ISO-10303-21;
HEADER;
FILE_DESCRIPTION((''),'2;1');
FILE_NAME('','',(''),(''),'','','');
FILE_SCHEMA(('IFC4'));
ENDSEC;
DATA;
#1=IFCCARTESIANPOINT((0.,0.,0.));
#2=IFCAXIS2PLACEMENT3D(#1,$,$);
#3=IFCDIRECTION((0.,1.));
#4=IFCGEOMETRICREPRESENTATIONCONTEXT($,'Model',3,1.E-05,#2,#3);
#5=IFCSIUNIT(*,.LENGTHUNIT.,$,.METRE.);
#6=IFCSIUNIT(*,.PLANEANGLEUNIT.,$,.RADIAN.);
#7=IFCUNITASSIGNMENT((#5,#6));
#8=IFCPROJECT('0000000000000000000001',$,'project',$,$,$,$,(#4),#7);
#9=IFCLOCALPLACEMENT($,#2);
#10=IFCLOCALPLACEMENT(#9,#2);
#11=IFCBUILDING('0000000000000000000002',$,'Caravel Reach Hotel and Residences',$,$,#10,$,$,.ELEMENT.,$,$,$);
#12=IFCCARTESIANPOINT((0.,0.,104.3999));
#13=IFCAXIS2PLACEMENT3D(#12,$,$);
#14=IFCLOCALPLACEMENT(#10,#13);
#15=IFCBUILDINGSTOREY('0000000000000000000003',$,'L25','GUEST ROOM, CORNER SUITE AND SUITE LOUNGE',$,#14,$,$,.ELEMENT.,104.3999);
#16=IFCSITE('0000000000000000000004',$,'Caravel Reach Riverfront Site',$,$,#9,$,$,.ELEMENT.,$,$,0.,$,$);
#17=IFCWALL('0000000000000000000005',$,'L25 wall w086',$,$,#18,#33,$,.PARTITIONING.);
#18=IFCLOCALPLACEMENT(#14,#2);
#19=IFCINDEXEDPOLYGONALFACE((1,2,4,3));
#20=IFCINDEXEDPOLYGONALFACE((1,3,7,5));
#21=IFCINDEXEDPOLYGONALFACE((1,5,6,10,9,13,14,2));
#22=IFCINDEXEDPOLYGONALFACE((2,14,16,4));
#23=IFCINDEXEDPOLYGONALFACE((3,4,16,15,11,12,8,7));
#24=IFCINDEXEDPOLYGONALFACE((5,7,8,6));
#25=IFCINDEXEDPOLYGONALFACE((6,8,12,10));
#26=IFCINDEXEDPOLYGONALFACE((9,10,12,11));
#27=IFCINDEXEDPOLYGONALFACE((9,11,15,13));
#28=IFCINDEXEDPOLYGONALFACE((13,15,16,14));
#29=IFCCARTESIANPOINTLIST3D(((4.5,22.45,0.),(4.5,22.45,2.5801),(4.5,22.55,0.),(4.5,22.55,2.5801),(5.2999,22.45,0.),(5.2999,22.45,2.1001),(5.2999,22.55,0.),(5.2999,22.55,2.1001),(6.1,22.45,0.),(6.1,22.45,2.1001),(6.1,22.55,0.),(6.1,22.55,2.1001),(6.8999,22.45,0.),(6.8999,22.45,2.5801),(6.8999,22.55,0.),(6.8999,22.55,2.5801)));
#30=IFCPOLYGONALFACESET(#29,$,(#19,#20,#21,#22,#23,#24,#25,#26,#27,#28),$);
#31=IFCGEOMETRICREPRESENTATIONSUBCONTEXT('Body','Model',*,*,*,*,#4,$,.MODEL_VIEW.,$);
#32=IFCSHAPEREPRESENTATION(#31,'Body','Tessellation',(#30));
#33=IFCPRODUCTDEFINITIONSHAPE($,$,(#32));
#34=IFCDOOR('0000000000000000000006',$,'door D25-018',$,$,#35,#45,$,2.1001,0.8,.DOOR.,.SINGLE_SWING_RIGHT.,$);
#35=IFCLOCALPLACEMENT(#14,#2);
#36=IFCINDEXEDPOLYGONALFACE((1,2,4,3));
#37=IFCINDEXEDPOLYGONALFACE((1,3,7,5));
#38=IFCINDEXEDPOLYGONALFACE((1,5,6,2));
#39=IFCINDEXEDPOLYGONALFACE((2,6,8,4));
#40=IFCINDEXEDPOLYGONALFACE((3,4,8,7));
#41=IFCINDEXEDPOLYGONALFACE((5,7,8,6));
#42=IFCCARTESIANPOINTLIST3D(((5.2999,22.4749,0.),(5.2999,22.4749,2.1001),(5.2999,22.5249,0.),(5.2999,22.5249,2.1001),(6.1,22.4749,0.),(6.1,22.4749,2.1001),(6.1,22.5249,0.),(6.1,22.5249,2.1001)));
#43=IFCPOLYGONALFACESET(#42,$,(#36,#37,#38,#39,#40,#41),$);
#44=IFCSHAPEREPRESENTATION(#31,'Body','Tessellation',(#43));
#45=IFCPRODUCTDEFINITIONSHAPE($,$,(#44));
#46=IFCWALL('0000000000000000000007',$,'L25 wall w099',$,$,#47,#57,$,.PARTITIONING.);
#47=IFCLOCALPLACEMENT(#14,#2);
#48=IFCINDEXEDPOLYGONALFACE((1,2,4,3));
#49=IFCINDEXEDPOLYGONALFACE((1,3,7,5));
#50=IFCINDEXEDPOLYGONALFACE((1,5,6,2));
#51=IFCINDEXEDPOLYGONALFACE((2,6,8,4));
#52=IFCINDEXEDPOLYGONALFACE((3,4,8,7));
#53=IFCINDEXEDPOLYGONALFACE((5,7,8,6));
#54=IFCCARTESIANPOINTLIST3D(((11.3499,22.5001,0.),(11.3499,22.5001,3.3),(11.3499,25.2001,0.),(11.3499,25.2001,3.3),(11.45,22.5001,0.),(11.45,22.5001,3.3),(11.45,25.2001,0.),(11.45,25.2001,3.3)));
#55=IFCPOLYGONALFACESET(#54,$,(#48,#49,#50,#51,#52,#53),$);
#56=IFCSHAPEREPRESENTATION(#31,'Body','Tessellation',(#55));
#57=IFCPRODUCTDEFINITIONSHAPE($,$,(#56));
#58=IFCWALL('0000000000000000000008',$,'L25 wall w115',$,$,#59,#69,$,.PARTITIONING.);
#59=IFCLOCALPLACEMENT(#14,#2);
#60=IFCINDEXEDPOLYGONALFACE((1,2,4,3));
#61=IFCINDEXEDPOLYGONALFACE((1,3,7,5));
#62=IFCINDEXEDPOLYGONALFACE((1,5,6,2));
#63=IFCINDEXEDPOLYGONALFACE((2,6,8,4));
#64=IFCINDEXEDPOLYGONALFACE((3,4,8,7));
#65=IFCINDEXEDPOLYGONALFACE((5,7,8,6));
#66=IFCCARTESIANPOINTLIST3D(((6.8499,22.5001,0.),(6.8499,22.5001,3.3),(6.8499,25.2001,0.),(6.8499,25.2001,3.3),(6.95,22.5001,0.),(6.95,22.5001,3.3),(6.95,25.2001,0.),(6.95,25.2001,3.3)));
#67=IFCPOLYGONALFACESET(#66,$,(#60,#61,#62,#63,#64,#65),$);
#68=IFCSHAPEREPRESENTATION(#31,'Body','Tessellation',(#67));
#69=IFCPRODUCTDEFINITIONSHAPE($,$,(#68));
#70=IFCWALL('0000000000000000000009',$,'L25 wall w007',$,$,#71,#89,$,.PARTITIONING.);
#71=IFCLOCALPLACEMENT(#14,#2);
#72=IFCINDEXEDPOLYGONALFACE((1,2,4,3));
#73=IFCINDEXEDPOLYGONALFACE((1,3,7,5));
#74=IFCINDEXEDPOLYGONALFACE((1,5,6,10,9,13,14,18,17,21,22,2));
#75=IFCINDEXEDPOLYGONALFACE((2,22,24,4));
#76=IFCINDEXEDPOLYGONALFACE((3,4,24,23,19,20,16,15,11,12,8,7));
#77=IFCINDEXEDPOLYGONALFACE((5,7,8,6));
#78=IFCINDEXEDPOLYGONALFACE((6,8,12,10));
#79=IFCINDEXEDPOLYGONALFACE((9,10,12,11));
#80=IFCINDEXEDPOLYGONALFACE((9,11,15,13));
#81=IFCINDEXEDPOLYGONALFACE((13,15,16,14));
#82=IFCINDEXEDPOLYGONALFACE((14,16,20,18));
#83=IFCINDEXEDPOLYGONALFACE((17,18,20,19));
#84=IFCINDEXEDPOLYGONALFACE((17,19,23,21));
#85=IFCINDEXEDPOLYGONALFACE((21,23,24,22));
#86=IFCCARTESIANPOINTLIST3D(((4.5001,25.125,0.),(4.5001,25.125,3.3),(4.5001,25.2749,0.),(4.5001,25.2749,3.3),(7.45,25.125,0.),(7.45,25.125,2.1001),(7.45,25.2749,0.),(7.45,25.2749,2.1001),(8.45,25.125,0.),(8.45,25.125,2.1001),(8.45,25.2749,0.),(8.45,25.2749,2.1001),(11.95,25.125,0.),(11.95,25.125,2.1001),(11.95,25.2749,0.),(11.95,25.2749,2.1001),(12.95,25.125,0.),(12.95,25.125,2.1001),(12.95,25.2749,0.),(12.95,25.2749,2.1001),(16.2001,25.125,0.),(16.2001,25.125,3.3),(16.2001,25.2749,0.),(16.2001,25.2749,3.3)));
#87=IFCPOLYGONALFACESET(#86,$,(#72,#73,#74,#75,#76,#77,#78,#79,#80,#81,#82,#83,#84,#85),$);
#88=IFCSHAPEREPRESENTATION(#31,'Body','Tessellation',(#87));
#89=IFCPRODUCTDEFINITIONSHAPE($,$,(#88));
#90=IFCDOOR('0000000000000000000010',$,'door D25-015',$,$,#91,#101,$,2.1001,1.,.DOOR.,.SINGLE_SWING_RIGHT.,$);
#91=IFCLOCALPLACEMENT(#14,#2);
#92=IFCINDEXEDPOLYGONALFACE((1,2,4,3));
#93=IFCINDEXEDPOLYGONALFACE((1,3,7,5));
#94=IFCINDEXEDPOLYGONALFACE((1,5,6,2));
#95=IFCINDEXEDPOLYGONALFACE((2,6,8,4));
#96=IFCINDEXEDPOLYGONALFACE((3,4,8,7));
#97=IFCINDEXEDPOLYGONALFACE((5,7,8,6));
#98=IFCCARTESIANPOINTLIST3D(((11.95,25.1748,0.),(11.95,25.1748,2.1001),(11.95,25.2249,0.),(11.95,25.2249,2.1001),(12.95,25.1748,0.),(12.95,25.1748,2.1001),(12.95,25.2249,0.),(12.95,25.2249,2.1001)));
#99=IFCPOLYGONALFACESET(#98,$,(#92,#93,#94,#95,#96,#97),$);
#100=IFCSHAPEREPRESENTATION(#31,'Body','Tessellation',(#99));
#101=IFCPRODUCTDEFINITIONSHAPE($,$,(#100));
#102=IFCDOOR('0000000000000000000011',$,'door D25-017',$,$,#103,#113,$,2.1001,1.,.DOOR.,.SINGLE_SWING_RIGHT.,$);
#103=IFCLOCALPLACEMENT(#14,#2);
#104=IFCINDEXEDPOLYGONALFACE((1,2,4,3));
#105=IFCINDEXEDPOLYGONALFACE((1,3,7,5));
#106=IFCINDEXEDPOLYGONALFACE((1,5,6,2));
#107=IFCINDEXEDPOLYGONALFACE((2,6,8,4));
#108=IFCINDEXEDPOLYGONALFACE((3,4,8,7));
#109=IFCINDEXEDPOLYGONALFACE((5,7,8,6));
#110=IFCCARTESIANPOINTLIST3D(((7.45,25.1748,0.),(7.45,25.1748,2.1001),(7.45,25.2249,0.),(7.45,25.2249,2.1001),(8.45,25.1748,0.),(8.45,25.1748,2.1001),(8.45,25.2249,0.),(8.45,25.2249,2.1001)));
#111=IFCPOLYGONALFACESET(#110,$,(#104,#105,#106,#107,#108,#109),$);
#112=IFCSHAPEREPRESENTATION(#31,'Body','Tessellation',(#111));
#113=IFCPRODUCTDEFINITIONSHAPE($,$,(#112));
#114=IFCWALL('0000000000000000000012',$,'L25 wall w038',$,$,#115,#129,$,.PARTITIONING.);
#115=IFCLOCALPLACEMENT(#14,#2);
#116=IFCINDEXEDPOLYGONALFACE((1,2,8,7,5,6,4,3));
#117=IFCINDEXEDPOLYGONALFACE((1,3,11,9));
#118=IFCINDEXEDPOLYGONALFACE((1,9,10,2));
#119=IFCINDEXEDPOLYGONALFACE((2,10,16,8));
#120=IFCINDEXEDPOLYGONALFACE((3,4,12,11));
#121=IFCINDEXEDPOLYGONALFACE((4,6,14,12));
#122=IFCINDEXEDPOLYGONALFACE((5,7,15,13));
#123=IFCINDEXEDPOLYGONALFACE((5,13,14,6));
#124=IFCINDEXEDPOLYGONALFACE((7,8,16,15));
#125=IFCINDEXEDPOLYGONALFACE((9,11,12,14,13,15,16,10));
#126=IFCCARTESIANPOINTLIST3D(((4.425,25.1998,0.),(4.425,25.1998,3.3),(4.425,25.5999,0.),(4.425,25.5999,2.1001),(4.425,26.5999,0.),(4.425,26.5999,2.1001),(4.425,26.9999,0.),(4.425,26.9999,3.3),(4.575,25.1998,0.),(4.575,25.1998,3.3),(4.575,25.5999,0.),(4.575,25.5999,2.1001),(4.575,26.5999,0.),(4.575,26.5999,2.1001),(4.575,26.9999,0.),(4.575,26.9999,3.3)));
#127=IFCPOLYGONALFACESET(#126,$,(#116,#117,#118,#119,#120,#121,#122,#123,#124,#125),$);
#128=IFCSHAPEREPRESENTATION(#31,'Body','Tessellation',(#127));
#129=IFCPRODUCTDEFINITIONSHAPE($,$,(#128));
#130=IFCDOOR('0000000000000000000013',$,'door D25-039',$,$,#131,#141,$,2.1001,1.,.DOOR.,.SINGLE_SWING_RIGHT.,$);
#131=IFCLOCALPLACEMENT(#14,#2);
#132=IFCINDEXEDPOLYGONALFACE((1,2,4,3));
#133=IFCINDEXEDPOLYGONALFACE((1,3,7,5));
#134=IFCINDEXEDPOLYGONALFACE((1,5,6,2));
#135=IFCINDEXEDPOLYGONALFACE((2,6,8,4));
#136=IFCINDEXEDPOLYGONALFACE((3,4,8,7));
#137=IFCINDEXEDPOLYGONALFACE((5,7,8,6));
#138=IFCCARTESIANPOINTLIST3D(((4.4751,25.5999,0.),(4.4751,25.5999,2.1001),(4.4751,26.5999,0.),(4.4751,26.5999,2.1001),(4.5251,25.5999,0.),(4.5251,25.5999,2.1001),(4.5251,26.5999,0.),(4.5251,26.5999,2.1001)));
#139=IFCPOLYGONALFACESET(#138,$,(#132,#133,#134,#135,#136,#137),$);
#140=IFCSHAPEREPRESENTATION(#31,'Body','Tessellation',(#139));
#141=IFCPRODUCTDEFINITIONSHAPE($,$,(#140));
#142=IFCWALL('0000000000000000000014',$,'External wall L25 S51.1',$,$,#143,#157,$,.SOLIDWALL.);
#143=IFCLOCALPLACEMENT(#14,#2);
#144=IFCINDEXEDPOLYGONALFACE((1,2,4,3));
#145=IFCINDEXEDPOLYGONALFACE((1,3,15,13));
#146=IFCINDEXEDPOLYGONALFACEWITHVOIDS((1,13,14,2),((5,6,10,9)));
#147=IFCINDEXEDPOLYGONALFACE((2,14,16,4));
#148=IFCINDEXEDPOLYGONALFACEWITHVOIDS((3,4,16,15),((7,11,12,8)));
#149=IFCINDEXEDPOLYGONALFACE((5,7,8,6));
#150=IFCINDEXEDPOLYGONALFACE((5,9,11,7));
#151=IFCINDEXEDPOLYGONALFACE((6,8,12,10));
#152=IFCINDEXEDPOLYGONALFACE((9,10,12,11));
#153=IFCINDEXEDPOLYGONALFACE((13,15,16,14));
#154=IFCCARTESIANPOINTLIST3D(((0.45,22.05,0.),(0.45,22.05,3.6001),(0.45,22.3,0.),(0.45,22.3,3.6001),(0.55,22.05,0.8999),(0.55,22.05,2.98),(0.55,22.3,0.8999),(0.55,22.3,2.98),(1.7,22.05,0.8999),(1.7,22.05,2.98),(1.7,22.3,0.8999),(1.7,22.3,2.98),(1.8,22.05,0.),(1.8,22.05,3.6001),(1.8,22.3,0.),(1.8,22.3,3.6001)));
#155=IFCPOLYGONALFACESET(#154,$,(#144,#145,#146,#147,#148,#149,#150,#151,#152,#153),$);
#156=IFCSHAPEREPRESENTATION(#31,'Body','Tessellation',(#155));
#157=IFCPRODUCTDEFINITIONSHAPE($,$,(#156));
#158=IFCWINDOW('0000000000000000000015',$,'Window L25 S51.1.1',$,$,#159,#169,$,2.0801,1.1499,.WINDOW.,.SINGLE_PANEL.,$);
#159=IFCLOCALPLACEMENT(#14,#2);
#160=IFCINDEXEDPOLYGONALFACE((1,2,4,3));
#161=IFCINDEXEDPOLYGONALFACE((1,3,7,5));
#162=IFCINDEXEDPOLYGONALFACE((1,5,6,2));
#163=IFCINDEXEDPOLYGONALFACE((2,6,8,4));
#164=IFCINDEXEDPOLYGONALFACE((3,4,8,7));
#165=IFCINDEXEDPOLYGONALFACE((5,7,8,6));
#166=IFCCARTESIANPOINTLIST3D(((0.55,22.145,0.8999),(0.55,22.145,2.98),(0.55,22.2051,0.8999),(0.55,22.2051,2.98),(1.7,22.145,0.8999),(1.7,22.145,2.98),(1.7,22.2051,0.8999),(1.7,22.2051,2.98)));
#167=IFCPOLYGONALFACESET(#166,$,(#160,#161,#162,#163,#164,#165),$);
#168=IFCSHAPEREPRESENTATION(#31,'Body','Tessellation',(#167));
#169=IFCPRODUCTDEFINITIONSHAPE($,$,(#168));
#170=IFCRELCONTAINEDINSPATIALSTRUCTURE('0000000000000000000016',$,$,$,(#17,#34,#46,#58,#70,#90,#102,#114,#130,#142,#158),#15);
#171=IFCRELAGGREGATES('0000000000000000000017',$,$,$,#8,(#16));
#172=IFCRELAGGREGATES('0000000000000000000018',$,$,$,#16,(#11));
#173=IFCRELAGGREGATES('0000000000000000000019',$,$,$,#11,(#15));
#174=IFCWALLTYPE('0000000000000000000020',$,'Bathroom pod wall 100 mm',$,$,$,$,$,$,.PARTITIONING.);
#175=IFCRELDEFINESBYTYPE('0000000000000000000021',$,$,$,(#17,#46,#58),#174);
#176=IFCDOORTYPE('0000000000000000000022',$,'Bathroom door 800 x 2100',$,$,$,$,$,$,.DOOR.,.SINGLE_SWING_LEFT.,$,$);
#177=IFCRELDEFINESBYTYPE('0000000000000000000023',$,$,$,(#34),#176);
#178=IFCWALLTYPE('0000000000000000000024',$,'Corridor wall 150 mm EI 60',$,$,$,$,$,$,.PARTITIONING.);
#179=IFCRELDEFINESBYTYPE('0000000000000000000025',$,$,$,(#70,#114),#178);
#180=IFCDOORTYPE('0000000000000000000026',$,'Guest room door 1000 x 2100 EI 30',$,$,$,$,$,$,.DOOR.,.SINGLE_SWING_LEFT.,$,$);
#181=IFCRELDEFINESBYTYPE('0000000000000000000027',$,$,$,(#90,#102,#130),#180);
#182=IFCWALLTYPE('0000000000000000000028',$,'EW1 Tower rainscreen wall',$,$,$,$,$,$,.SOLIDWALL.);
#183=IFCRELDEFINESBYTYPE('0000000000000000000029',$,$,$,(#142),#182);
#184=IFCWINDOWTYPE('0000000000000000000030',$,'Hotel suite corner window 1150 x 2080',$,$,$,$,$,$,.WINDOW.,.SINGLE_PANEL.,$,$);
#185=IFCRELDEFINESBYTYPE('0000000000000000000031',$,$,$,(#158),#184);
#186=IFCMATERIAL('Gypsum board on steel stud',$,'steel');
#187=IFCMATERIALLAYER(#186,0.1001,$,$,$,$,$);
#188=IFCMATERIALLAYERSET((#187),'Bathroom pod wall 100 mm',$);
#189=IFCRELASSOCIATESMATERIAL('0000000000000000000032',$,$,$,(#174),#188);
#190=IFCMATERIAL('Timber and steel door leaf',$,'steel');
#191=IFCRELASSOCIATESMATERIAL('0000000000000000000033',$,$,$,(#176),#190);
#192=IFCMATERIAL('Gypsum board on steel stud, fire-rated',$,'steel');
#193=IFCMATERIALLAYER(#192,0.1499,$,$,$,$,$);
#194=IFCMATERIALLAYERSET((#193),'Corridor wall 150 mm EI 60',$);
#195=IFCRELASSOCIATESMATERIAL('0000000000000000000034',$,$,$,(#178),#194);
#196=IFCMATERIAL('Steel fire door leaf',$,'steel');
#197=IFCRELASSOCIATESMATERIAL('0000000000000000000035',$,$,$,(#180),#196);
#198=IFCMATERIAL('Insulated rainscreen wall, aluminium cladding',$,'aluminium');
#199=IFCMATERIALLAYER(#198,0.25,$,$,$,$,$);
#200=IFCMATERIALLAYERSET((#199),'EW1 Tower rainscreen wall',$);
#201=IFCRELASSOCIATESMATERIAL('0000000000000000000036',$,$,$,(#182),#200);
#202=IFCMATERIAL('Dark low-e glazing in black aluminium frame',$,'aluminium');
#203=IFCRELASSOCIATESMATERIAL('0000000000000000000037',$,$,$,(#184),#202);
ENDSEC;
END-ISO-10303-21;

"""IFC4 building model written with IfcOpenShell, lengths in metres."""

from ifc_helpers import new_model, si_unit, direction, frame, frame_2d, origin, place, context, subcontext, project, spatial, rectangle, extrude, material, layer, layer_set, type_object, element, fill, save


model = new_model("IFC4")

# Units and contexts
model_context = context("Model", 3, precision=1e-05, world=origin(), true_north=direction((0.0, 1.0)))
body_context = subcontext(model_context, "Body", "Model", "MODEL_VIEW")
ifc_project = project(units=[si_unit("LENGTHUNIT", "METRE"), si_unit("PLANEANGLEUNIT", "RADIAN")], contexts=[model_context])

# Site, building, storey
site_placement = place(None, origin())
site = spatial("IfcSite", under=ifc_project, at=site_placement, Name="Caravel Reach Riverfront Site", CompositionType="ELEMENT", RefElevation=0.0)
building_placement = place(site_placement, origin())
building = spatial("IfcBuilding", under=site, at=building_placement, Name="Caravel Reach Hotel and Residences", CompositionType="ELEMENT")
storey_placement = place(building_placement, frame((0.0, 0.0, 104.3999)))
storey = spatial("IfcBuildingStorey", under=building, at=storey_placement, Name="L25", Description="GUEST ROOM, CORNER SUITE AND SUITE LOUNGE", CompositionType="ELEMENT", Elevation=104.3999)

# Wall, opening, door
ifc_material_1 = material(Name="Gypsum board on steel stud", Category="steel")
ifc_layer_1 = layer(ifc_material_1, 0.1001)
ifc_layer_set_1 = layer_set([ifc_layer_1], Name="Bathroom pod wall 100 mm")
wall_type_1 = type_object("IfcWallType", Name="Bathroom pod wall 100 mm", PredefinedType="PARTITIONING", material=ifc_layer_set_1)
ifc_material_2 = material(Name="Timber and steel door leaf", Category="steel")
door_type_1 = type_object("IfcDoorType", Name="Bathroom door 800 x 2100", OperationType="SINGLE_SWING_LEFT", PredefinedType="DOOR", material=ifc_material_2)
wall_1_placement = place(storey_placement, frame((4.5, 22.5, 0.0), z_axis=(0.0, 0.0, 1.0), x_axis=(1.0, 0.0, 0.0)))
wall_1 = element("IfcWall", 1, at=wall_1_placement, inside=storey, type_object=wall_type_1, Name="L25 wall w086", PredefinedType="PARTITIONING", context=body_context, shape_type="SweptSolid", body=[
    extrude(rectangle(XDim=2.3999, YDim=0.1001, at=frame_2d((1.2, 0.0))), origin(), (0.0, 0.0, 1.0), 2.5801),
])
opening_1_placement = place(wall_1_placement, frame((0.8, 0.0, 0.0)))
opening_1 = element("IfcOpeningElement", 2, at=opening_1_placement, cuts=wall_1, PredefinedType="OPENING", context=body_context, shape_type="SweptSolid", body=[
    extrude(rectangle(XDim=0.8, YDim=2.1001, at=frame_2d((0.3999, 1.05))), frame((0.0, 0.0601, 0.0), z_axis=(0.0, -1.0, 0.0), x_axis=(1.0, 0.0, 0.0)), (0.0, 0.0, 1.0), 0.1201),
])
door_1_placement = place(opening_1_placement, origin())
door_1 = element("IfcDoor", 3, at=door_1_placement, inside=storey, type_object=door_type_1, Name="door D25-018", OperationType="SINGLE_SWING_RIGHT", OverallHeight=2.1001, OverallWidth=0.8, PredefinedType="DOOR", context=body_context, shape_type="SweptSolid", body=[
    extrude(rectangle(XDim=0.8, YDim=2.1001, at=frame_2d((0.3999, 1.05))), frame((0.0, 0.0249, 0.0), z_axis=(0.0, -1.0, 0.0), x_axis=(1.0, 0.0, 0.0)), (0.0, 0.0, 1.0), 0.05),
])
fill(opening_1, door_1)

# Walls
for number, where, z_axis, x_axis, name in (
    (4, (11.3999, 22.5, 0.0), (0.0, 0.0, 1.0), (0.0, 1.0, 0.0), "L25 wall w099"),
    (5, (6.8999, 22.5, 0.0), (0.0, 0.0, 1.0), (0.0, 1.0, 0.0), "L25 wall w115"),
):
    element("IfcWall", number, at=place(storey_placement, frame(where, z_axis=z_axis, x_axis=x_axis)), inside=storey, type_object=wall_type_1, Name=name, PredefinedType="PARTITIONING", context=body_context, shape_type="SweptSolid", body=[
        extrude(rectangle(XDim=2.7, YDim=0.1001, at=frame_2d((1.3501, 0.0))), origin(), (0.0, 0.0, 1.0), 3.3),
    ])

# Wall, openings, doors
ifc_material_3 = material(Name="Gypsum board on steel stud, fire-rated", Category="steel")
ifc_layer_2 = layer(ifc_material_3, 0.1499)
ifc_layer_set_2 = layer_set([ifc_layer_2], Name="Corridor wall 150 mm EI 60")
wall_type_2 = type_object("IfcWallType", Name="Corridor wall 150 mm EI 60", PredefinedType="PARTITIONING", material=ifc_layer_set_2)
wall_2_placement = place(storey_placement, frame((4.5, 25.2, 0.0), z_axis=(0.0, 0.0, 1.0), x_axis=(1.0, 0.0, 0.0)))
wall_2 = element("IfcWall", 6, at=wall_2_placement, inside=storey, type_object=wall_type_2, Name="L25 wall w007", PredefinedType="PARTITIONING", context=body_context, shape_type="SweptSolid", body=[
    extrude(rectangle(XDim=11.7, YDim=0.1499, at=frame_2d((5.8501, 0.0))), origin(), (0.0, 0.0, 1.0), 3.3),
])
opening_2_placement = place(wall_2_placement, frame((7.45, 0.0, 0.0)))
opening_2 = element("IfcOpeningElement", 7, at=opening_2_placement, cuts=wall_2, PredefinedType="OPENING", context=body_context, shape_type="SweptSolid", body=[
    extrude(rectangle(XDim=1.0, YDim=2.1001, at=frame_2d((0.5, 1.05))), frame((0.0, 0.085, 0.0), z_axis=(0.0, -1.0, 0.0), x_axis=(1.0, 0.0, 0.0)), (0.0, 0.0, 1.0), 0.1699),
])
opening_3_placement = place(wall_2_placement, frame((2.95, 0.0, 0.0)))
opening_3 = element("IfcOpeningElement", 8, at=opening_3_placement, cuts=wall_2, PredefinedType="OPENING", context=body_context, shape_type="SweptSolid", body=[
    extrude(rectangle(XDim=1.0, YDim=2.1001, at=frame_2d((0.5, 1.05))), frame((0.0, 0.085, 0.0), z_axis=(0.0, -1.0, 0.0), x_axis=(1.0, 0.0, 0.0)), (0.0, 0.0, 1.0), 0.1699),
])
ifc_material_4 = material(Name="Steel fire door leaf", Category="steel")
door_type_2 = type_object("IfcDoorType", Name="Guest room door 1000 x 2100 EI 30", OperationType="SINGLE_SWING_LEFT", PredefinedType="DOOR", material=ifc_material_4)
door_2_placement = place(opening_2_placement, origin())
door_2 = element("IfcDoor", 9, at=door_2_placement, inside=storey, type_object=door_type_2, Name="door D25-015", OperationType="SINGLE_SWING_RIGHT", OverallHeight=2.1001, OverallWidth=1.0, PredefinedType="DOOR", context=body_context, shape_type="SweptSolid", body=[
    extrude(rectangle(XDim=1.0, YDim=2.1001, at=frame_2d((0.5, 1.05))), frame((0.0, 0.0249, 0.0), z_axis=(0.0, -1.0, 0.0), x_axis=(1.0, 0.0, 0.0)), (0.0, 0.0, 1.0), 0.05),
])
fill(opening_2, door_2)
door_3_placement = place(opening_3_placement, origin())
door_3 = element("IfcDoor", 10, at=door_3_placement, inside=storey, type_object=door_type_2, Name="door D25-017", OperationType="SINGLE_SWING_RIGHT", OverallHeight=2.1001, OverallWidth=1.0, PredefinedType="DOOR", context=body_context, shape_type="SweptSolid", body=[
    extrude(rectangle(XDim=1.0, YDim=2.1001, at=frame_2d((0.5, 1.05))), frame((0.0, 0.0249, 0.0), z_axis=(0.0, -1.0, 0.0), x_axis=(1.0, 0.0, 0.0)), (0.0, 0.0, 1.0), 0.05),
])
fill(opening_3, door_3)

# Wall, opening, door
wall_3_placement = place(storey_placement, frame((4.5, 25.2, 0.0), z_axis=(0.0, 0.0, 1.0), x_axis=(0.0, 1.0, 0.0)))
wall_3 = element("IfcWall", 11, at=wall_3_placement, inside=storey, type_object=wall_type_2, Name="L25 wall w038", PredefinedType="PARTITIONING", context=body_context, shape_type="SweptSolid", body=[
    extrude(rectangle(XDim=1.8, YDim=0.1499, at=frame_2d((0.8999, 0.0))), origin(), (0.0, 0.0, 1.0), 3.3),
])
opening_4_placement = place(wall_3_placement, frame((0.3999, 0.0, 0.0)))
opening_4 = element("IfcOpeningElement", 12, at=opening_4_placement, cuts=wall_3, PredefinedType="OPENING", context=body_context, shape_type="SweptSolid", body=[
    extrude(rectangle(XDim=1.0, YDim=2.1001, at=frame_2d((0.5, 1.05))), frame((0.0, 0.085, 0.0), z_axis=(0.0, -1.0, 0.0), x_axis=(1.0, 0.0, 0.0)), (0.0, 0.0, 1.0), 0.1699),
])
door_4_placement = place(opening_4_placement, origin())
door_4 = element("IfcDoor", 13, at=door_4_placement, inside=storey, type_object=door_type_2, Name="door D25-039", OperationType="SINGLE_SWING_RIGHT", OverallHeight=2.1001, OverallWidth=1.0, PredefinedType="DOOR", context=body_context, shape_type="SweptSolid", body=[
    extrude(rectangle(XDim=1.0, YDim=2.1001, at=frame_2d((0.5, 1.05))), frame((0.0, 0.0249, 0.0), z_axis=(0.0, -1.0, 0.0), x_axis=(1.0, 0.0, 0.0)), (0.0, 0.0, 1.0), 0.05),
])
fill(opening_4, door_4)

# Wall, opening, window
ifc_material_5 = material(Name="Insulated rainscreen wall, aluminium cladding", Category="aluminium")
ifc_layer_3 = layer(ifc_material_5, 0.25)
ifc_layer_set_3 = layer_set([ifc_layer_3], Name="EW1 Tower rainscreen wall")
wall_type_3 = type_object("IfcWallType", Name="EW1 Tower rainscreen wall", PredefinedType="SOLIDWALL", material=ifc_layer_set_3)
wall_4_placement = place(storey_placement, frame((0.45, 22.175, 0.0), z_axis=(0.0, 0.0, 1.0), x_axis=(1.0, 0.0, 0.0)))
wall_4 = element("IfcWall", 14, at=wall_4_placement, inside=storey, type_object=wall_type_3, Name="External wall L25 S51.1", PredefinedType="SOLIDWALL", context=body_context, shape_type="SweptSolid", body=[
    extrude(rectangle(XDim=1.3501, YDim=0.25, at=frame_2d((0.675, 0.0))), origin(), (0.0, 0.0, 1.0), 3.6001),
])
opening_5_placement = place(wall_4_placement, frame((0.1001, 0.0, 0.8999)))
opening_5 = element("IfcOpeningElement", 15, at=opening_5_placement, cuts=wall_4, PredefinedType="OPENING", context=body_context, shape_type="SweptSolid", body=[
    extrude(rectangle(XDim=1.1499, YDim=2.0801, at=frame_2d((0.575, 1.04))), frame((0.0, 0.135, 0.0), z_axis=(0.0, -1.0, 0.0), x_axis=(1.0, 0.0, 0.0)), (0.0, 0.0, 1.0), 0.27),
])
ifc_material_6 = material(Name="Dark low-e glazing in black aluminium frame", Category="aluminium")
window_type = type_object("IfcWindowType", Name="Hotel suite corner window 1150 x 2080", PartitioningType="SINGLE_PANEL", PredefinedType="WINDOW", material=ifc_material_6)
window_1_placement = place(opening_5_placement, origin())
window_1 = element("IfcWindow", 16, at=window_1_placement, inside=storey, type_object=window_type, Name="Window L25 S51.1.1", OverallHeight=2.0801, OverallWidth=1.1499, PartitioningType="SINGLE_PANEL", PredefinedType="WINDOW", context=body_context, shape_type="SweptSolid", body=[
    extrude(rectangle(XDim=1.1499, YDim=2.0801, at=frame_2d((0.575, 1.04))), frame((0.0, 0.03, 0.0), z_axis=(0.0, -1.0, 0.0), x_axis=(1.0, 0.0, 0.0)), (0.0, 0.0, 1.0), 0.0601),
])
fill(opening_5, window_1)

save(model, "model.ifc")
